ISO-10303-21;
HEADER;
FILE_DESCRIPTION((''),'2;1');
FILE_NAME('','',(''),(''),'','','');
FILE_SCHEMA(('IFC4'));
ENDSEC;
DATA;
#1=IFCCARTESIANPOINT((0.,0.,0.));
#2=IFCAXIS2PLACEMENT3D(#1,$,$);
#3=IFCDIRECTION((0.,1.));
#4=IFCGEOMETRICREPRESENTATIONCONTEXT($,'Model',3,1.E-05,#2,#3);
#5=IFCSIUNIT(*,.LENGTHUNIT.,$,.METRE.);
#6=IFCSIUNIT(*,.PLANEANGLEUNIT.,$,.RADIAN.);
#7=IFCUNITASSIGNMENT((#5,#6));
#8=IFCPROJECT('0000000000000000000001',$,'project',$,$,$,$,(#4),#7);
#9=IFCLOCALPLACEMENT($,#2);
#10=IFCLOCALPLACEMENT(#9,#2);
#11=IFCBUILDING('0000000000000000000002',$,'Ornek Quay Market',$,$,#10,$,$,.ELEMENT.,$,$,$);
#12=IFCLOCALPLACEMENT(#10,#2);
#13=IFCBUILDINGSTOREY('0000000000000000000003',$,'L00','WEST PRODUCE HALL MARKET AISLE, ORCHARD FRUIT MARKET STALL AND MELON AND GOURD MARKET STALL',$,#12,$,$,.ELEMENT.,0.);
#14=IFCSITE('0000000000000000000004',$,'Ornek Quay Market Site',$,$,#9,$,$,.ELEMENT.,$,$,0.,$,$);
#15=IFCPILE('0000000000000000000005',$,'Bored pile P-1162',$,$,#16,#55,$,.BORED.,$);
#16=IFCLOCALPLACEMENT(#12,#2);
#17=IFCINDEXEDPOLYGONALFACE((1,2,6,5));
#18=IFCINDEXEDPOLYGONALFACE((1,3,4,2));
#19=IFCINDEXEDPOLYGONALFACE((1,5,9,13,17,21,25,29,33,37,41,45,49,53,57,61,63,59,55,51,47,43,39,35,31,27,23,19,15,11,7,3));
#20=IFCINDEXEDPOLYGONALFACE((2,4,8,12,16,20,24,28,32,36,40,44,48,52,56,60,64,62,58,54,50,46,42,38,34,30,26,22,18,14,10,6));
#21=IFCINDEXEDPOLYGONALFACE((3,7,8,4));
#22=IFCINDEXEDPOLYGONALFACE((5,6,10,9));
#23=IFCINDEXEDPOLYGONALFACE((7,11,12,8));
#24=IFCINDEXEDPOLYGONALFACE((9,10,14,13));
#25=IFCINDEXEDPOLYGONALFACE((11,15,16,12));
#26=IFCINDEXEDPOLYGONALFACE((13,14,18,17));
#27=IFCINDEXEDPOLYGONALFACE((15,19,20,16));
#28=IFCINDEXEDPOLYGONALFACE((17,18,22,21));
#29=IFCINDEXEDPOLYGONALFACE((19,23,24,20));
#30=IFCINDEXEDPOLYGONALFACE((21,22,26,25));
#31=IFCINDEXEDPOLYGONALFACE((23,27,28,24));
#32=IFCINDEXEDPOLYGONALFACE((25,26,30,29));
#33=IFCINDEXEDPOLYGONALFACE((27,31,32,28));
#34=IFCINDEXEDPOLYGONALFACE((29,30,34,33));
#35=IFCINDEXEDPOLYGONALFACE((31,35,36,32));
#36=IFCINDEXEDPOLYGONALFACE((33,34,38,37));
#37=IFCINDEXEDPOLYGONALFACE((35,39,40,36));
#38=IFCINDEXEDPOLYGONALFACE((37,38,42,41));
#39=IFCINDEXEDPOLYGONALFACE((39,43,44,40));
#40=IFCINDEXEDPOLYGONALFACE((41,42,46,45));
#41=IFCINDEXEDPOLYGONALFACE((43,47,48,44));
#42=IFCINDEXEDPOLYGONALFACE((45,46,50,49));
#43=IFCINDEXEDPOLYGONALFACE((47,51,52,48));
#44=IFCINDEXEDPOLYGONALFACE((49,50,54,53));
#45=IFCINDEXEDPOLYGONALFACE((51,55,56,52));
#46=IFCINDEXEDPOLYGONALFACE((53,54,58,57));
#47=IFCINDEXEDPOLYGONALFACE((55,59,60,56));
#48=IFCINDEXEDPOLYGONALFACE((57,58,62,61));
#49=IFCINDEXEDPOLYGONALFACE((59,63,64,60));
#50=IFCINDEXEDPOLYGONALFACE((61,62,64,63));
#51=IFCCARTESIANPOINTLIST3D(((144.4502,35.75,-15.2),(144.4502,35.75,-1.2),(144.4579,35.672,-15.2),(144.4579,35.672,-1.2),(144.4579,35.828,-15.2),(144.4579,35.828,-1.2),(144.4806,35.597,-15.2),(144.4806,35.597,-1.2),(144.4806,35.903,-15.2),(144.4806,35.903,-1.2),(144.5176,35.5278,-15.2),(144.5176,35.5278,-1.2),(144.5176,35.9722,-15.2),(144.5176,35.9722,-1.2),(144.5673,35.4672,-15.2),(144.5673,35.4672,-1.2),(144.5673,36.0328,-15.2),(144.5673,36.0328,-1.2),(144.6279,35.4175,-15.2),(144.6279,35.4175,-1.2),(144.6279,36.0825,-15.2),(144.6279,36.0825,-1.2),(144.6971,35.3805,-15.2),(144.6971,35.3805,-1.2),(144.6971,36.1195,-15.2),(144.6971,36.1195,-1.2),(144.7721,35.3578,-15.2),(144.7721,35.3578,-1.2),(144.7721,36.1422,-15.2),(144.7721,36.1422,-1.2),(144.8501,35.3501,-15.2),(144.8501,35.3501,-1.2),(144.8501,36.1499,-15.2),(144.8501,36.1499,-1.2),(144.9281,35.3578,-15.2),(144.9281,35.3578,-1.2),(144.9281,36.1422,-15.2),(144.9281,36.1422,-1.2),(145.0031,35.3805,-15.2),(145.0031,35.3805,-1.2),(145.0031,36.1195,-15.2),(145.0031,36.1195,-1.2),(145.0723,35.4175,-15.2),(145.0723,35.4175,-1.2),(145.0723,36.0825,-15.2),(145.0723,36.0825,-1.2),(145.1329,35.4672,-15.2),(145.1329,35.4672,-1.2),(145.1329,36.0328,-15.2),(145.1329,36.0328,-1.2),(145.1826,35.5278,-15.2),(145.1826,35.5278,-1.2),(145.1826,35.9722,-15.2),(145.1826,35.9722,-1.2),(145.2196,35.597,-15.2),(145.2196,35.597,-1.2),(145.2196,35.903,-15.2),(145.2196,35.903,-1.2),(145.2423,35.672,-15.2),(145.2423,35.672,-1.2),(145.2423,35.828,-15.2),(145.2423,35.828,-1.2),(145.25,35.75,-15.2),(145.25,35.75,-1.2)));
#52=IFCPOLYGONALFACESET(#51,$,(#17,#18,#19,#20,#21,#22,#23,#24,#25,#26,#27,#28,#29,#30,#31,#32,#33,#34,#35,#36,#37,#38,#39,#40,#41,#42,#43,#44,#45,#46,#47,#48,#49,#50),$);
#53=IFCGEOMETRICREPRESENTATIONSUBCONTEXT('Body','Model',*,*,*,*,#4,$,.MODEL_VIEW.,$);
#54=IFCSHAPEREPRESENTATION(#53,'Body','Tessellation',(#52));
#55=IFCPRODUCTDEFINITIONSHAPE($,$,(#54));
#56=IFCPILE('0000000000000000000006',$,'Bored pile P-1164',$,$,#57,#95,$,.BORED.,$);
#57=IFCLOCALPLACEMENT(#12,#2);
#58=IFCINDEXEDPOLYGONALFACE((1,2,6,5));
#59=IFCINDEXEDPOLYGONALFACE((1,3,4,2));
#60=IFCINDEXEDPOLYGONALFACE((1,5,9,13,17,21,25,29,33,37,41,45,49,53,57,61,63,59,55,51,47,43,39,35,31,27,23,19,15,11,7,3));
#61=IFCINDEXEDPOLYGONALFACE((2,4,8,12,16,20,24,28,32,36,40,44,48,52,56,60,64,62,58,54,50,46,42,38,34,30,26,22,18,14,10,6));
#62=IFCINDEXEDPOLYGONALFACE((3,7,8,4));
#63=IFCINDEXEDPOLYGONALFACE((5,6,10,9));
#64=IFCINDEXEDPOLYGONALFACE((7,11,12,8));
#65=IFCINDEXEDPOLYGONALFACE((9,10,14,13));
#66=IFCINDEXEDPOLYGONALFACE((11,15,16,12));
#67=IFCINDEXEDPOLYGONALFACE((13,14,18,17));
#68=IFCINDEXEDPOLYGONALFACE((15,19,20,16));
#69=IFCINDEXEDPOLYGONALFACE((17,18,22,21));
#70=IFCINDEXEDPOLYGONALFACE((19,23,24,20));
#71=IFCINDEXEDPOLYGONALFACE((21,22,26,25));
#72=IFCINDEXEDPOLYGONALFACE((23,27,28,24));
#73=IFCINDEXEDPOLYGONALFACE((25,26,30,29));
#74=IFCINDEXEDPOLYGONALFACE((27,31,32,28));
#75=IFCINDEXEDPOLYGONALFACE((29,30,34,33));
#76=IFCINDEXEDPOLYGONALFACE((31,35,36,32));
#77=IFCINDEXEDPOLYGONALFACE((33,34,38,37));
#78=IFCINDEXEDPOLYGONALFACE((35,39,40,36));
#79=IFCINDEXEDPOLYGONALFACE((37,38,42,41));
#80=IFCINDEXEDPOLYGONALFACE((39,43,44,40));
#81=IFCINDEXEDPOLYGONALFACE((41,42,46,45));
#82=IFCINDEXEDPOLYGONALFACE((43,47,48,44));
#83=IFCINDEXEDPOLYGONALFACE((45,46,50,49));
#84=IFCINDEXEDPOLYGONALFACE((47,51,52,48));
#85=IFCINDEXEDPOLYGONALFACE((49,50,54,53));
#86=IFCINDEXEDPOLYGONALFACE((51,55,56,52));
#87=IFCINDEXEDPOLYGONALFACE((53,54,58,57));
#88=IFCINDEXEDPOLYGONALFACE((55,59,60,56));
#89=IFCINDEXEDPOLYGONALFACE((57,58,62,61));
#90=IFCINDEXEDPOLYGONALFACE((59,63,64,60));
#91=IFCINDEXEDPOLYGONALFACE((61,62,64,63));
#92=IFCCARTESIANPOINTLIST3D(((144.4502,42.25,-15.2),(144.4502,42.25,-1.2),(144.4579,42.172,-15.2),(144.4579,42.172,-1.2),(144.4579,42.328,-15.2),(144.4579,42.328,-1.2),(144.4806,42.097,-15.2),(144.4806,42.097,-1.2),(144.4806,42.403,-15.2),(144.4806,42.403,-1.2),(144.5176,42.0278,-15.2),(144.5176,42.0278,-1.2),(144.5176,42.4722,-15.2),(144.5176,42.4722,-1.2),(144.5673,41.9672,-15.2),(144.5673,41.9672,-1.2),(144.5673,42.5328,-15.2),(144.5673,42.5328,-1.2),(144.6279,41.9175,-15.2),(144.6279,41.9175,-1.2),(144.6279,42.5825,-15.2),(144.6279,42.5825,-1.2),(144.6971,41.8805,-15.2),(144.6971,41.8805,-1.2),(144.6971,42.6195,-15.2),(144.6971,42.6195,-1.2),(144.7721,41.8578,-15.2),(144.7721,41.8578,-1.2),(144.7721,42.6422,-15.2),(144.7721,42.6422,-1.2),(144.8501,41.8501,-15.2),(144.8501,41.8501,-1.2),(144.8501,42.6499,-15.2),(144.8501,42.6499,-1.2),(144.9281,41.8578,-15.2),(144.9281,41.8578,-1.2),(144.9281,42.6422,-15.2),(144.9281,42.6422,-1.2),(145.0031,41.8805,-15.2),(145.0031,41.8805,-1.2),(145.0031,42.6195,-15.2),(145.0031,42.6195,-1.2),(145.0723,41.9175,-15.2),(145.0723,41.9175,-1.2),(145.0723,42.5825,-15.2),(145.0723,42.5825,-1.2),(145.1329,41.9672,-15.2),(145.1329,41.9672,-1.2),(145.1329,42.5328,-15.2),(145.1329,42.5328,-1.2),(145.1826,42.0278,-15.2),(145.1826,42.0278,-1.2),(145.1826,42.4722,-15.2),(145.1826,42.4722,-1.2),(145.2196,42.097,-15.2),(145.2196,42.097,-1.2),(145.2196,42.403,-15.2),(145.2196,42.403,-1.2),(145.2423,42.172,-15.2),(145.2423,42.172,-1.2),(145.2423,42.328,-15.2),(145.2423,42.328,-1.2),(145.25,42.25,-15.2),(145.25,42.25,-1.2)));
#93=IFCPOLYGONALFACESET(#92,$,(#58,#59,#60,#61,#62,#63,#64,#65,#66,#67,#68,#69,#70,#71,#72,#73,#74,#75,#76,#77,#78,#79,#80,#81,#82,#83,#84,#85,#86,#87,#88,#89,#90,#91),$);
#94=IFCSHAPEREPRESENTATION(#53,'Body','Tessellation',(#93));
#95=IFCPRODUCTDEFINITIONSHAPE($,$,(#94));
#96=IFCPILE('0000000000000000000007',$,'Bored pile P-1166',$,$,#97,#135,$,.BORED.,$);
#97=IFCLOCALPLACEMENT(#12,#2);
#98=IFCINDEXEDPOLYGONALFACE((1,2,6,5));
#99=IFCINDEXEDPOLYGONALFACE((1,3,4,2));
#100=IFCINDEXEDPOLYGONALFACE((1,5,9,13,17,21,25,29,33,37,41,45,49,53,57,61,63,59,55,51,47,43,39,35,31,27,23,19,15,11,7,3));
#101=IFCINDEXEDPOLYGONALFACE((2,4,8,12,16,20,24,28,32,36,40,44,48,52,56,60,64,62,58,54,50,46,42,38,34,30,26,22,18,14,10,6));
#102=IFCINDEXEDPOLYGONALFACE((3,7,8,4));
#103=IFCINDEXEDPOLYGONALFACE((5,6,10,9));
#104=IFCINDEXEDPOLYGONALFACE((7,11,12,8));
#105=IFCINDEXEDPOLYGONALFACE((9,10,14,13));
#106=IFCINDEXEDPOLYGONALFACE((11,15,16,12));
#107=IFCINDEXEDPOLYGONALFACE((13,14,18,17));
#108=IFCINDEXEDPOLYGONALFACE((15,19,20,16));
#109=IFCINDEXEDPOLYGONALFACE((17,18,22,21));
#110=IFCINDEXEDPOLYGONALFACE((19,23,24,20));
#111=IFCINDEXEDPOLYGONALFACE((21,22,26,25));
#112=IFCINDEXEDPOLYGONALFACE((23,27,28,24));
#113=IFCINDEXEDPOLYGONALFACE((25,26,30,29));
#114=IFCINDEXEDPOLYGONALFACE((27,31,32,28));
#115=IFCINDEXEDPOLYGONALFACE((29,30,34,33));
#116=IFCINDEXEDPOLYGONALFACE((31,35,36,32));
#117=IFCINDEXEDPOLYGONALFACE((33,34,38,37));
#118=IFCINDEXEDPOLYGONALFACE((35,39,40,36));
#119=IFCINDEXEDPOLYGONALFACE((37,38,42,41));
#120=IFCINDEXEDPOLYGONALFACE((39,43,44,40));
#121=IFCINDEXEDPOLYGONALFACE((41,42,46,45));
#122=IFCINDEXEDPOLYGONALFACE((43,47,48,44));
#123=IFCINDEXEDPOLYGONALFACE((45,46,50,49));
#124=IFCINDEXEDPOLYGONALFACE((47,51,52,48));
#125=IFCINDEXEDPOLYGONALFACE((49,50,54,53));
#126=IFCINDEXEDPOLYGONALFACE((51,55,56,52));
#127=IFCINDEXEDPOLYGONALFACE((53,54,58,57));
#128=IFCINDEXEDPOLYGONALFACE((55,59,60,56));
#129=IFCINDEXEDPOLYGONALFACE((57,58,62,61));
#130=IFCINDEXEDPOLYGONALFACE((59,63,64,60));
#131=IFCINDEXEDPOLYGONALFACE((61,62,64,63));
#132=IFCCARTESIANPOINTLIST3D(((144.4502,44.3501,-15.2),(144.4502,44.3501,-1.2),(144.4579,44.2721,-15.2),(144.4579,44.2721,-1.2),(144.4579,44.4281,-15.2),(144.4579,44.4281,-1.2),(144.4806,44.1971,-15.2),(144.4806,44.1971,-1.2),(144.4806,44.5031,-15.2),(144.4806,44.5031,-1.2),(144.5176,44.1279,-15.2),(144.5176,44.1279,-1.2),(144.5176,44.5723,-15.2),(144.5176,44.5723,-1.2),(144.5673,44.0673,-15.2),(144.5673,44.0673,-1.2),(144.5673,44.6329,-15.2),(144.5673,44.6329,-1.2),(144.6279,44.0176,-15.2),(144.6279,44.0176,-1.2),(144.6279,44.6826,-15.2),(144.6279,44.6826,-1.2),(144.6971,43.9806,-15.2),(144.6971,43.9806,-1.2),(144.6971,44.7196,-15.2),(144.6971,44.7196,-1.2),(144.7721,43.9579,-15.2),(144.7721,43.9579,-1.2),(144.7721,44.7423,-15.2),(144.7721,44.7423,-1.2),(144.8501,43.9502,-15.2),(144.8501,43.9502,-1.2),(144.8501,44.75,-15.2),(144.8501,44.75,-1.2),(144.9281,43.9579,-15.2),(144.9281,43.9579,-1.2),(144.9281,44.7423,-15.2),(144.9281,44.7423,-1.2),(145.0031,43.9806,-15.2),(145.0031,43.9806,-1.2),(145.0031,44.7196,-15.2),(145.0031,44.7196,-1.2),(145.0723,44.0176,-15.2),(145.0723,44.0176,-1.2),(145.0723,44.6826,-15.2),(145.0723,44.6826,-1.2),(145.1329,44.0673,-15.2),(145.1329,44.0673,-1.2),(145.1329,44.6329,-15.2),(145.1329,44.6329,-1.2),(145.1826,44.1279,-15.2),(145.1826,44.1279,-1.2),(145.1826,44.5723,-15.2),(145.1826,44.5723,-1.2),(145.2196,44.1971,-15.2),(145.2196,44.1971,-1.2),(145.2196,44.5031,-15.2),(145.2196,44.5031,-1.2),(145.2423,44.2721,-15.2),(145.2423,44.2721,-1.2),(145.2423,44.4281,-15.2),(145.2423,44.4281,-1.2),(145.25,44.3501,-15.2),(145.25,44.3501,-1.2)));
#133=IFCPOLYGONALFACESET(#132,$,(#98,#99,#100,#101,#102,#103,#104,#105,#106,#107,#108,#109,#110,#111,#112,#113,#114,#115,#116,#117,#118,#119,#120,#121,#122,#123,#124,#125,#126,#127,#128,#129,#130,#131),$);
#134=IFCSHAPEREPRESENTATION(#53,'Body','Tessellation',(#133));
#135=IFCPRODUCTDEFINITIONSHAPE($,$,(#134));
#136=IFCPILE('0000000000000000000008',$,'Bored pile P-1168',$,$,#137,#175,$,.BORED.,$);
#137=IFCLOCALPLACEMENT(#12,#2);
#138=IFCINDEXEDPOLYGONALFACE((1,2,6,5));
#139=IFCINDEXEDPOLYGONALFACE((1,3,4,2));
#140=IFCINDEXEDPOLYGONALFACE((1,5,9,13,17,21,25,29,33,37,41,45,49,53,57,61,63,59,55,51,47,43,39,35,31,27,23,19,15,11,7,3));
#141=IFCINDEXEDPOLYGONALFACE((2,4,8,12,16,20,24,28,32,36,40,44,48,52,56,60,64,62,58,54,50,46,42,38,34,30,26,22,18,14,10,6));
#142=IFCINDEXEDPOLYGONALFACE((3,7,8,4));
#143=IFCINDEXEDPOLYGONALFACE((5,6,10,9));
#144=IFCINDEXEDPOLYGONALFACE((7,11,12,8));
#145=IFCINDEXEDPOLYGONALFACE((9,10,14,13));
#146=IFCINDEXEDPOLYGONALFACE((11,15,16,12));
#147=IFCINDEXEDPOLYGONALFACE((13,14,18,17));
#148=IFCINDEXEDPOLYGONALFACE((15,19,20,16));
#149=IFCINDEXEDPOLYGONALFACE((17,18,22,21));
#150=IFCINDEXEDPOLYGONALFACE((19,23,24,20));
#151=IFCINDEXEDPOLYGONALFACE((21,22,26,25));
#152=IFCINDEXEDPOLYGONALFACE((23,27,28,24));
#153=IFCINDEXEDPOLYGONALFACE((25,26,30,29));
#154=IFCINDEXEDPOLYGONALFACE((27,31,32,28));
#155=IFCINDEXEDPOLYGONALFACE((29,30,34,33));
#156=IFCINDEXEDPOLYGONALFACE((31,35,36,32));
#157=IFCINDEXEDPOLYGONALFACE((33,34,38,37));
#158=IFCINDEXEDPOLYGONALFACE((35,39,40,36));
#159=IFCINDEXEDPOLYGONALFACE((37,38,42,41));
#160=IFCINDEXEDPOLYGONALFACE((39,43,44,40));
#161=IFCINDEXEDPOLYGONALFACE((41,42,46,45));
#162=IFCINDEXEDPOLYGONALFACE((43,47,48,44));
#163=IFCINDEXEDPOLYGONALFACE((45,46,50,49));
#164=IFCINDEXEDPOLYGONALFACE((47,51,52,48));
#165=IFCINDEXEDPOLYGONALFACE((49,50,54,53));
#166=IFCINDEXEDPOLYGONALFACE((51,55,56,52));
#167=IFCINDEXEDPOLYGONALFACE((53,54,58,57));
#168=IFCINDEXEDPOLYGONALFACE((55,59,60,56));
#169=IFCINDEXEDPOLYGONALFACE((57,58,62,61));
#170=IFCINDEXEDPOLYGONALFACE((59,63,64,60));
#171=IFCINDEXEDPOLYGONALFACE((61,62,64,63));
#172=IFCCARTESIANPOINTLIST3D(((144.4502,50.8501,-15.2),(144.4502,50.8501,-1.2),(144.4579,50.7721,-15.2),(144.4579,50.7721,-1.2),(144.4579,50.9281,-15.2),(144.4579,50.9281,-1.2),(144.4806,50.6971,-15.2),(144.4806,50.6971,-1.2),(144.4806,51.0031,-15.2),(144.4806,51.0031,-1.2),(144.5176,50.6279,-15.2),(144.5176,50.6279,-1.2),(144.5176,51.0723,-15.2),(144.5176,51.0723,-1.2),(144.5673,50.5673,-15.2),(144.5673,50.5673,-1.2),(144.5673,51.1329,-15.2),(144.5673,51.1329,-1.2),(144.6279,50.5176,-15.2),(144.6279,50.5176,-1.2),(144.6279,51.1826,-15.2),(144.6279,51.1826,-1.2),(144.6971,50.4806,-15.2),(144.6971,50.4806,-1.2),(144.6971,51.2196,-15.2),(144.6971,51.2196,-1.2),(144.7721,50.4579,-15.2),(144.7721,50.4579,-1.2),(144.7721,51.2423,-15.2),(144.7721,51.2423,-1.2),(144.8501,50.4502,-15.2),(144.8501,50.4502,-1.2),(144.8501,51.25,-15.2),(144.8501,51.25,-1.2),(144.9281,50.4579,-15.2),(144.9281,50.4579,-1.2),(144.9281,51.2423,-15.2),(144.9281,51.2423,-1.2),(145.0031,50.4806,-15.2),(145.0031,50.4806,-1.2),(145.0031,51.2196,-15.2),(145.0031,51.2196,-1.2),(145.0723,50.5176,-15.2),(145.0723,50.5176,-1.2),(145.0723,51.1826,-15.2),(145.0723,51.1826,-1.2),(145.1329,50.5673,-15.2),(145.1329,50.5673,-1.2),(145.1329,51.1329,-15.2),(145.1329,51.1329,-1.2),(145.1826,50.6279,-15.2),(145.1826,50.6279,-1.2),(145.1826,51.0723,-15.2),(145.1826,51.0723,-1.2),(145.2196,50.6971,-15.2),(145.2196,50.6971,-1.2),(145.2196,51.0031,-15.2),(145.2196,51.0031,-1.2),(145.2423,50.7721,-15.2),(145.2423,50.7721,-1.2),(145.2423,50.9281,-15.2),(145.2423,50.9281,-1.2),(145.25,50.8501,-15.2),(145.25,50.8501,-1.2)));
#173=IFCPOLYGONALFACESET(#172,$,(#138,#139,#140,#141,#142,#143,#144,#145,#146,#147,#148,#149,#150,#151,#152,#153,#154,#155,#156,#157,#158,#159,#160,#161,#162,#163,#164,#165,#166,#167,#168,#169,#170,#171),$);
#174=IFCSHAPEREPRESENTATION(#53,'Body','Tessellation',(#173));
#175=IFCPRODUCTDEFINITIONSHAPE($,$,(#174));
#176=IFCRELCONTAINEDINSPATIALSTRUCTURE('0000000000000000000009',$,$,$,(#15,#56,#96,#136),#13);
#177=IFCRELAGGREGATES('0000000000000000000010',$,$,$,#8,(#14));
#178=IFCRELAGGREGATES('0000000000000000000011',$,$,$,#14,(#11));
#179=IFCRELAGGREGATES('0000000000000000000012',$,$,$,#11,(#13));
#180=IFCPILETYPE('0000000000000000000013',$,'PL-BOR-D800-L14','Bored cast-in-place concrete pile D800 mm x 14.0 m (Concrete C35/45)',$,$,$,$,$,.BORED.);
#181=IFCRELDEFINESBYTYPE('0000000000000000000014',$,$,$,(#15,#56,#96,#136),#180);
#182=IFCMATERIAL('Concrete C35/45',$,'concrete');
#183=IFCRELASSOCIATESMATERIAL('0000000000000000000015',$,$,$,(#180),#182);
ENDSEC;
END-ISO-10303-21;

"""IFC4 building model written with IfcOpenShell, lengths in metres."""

from ifc_helpers import new_model, si_unit, direction, frame, origin, origin_2d, place, context, subcontext, project, spatial, circle, extrude, material, material_profile, profile_set, type_object, element, save


model = new_model("IFC4")

# Units and contexts
model_context = context("Model", 3, precision=1e-05, world=origin(), true_north=direction((0.0, 1.0)))
body_context = subcontext(model_context, "Body", "Model", "MODEL_VIEW")
ifc_project = project(units=[si_unit("LENGTHUNIT", "METRE"), si_unit("PLANEANGLEUNIT", "RADIAN")], contexts=[model_context])

# Site, building, storey
site_placement = place(None, origin())
site = spatial("IfcSite", under=ifc_project, at=site_placement, Name="Ornek Quay Market Site", CompositionType="ELEMENT", RefElevation=0.0)
building_placement = place(site_placement, origin())
building = spatial("IfcBuilding", under=site, at=building_placement, Name="Ornek Quay Market", CompositionType="ELEMENT")
storey_placement = place(building_placement, origin())
storey = spatial("IfcBuildingStorey", under=building, at=storey_placement, Name="L00", Description="WEST PRODUCE HALL MARKET AISLE, ORCHARD FRUIT MARKET STALL AND MELON AND GOURD MARKET STALL", CompositionType="ELEMENT", Elevation=0.0)

# Piles
ifc_material_1 = material(Name="Concrete C35/45", Category="concrete")
ifc_material_profile_1 = material_profile(ifc_material_1, circle(Radius=0.3999, at=origin_2d()), Name="PILE D800", Category="concrete")
ifc_profile_set_1 = profile_set([ifc_material_profile_1], Name="Concrete C35/45")
pile_type_1 = type_object("IfcPileType", Name="PL-BOR-D800-L14", Description="Bored cast-in-place concrete pile D800 mm x 14.0 m (Concrete C35/45)", PredefinedType="BORED", material=ifc_profile_set_1)
for number, where, z_axis, x_axis, name in (
    (1, (144.8501, 35.75, -1.2), (0.0, 0.0, -1.0), (1.0, 0.0, 0.0), "Bored pile P-1162"),
    (2, (144.8501, 42.25, -1.2), (0.0, 0.0, -1.0), (1.0, 0.0, 0.0), "Bored pile P-1164"),
    (3, (144.8501, 44.3501, -1.2), (0.0, 0.0, -1.0), (1.0, 0.0, 0.0), "Bored pile P-1166"),
    (4, (144.8501, 50.8501, -1.2), (0.0, 0.0, -1.0), (1.0, 0.0, 0.0), "Bored pile P-1168"),
):
    element("IfcPile", number, at=place(storey_placement, frame(where, z_axis=z_axis, x_axis=x_axis)), inside=storey, type_object=pile_type_1, Name=name, PredefinedType="BORED", context=body_context, shape_type="SweptSolid", body=[
        extrude(circle(Radius=0.3999, at=origin_2d()), origin(), (0.0, 0.0, 1.0), 14.0),
    ])

save(model, "model.ifc")
